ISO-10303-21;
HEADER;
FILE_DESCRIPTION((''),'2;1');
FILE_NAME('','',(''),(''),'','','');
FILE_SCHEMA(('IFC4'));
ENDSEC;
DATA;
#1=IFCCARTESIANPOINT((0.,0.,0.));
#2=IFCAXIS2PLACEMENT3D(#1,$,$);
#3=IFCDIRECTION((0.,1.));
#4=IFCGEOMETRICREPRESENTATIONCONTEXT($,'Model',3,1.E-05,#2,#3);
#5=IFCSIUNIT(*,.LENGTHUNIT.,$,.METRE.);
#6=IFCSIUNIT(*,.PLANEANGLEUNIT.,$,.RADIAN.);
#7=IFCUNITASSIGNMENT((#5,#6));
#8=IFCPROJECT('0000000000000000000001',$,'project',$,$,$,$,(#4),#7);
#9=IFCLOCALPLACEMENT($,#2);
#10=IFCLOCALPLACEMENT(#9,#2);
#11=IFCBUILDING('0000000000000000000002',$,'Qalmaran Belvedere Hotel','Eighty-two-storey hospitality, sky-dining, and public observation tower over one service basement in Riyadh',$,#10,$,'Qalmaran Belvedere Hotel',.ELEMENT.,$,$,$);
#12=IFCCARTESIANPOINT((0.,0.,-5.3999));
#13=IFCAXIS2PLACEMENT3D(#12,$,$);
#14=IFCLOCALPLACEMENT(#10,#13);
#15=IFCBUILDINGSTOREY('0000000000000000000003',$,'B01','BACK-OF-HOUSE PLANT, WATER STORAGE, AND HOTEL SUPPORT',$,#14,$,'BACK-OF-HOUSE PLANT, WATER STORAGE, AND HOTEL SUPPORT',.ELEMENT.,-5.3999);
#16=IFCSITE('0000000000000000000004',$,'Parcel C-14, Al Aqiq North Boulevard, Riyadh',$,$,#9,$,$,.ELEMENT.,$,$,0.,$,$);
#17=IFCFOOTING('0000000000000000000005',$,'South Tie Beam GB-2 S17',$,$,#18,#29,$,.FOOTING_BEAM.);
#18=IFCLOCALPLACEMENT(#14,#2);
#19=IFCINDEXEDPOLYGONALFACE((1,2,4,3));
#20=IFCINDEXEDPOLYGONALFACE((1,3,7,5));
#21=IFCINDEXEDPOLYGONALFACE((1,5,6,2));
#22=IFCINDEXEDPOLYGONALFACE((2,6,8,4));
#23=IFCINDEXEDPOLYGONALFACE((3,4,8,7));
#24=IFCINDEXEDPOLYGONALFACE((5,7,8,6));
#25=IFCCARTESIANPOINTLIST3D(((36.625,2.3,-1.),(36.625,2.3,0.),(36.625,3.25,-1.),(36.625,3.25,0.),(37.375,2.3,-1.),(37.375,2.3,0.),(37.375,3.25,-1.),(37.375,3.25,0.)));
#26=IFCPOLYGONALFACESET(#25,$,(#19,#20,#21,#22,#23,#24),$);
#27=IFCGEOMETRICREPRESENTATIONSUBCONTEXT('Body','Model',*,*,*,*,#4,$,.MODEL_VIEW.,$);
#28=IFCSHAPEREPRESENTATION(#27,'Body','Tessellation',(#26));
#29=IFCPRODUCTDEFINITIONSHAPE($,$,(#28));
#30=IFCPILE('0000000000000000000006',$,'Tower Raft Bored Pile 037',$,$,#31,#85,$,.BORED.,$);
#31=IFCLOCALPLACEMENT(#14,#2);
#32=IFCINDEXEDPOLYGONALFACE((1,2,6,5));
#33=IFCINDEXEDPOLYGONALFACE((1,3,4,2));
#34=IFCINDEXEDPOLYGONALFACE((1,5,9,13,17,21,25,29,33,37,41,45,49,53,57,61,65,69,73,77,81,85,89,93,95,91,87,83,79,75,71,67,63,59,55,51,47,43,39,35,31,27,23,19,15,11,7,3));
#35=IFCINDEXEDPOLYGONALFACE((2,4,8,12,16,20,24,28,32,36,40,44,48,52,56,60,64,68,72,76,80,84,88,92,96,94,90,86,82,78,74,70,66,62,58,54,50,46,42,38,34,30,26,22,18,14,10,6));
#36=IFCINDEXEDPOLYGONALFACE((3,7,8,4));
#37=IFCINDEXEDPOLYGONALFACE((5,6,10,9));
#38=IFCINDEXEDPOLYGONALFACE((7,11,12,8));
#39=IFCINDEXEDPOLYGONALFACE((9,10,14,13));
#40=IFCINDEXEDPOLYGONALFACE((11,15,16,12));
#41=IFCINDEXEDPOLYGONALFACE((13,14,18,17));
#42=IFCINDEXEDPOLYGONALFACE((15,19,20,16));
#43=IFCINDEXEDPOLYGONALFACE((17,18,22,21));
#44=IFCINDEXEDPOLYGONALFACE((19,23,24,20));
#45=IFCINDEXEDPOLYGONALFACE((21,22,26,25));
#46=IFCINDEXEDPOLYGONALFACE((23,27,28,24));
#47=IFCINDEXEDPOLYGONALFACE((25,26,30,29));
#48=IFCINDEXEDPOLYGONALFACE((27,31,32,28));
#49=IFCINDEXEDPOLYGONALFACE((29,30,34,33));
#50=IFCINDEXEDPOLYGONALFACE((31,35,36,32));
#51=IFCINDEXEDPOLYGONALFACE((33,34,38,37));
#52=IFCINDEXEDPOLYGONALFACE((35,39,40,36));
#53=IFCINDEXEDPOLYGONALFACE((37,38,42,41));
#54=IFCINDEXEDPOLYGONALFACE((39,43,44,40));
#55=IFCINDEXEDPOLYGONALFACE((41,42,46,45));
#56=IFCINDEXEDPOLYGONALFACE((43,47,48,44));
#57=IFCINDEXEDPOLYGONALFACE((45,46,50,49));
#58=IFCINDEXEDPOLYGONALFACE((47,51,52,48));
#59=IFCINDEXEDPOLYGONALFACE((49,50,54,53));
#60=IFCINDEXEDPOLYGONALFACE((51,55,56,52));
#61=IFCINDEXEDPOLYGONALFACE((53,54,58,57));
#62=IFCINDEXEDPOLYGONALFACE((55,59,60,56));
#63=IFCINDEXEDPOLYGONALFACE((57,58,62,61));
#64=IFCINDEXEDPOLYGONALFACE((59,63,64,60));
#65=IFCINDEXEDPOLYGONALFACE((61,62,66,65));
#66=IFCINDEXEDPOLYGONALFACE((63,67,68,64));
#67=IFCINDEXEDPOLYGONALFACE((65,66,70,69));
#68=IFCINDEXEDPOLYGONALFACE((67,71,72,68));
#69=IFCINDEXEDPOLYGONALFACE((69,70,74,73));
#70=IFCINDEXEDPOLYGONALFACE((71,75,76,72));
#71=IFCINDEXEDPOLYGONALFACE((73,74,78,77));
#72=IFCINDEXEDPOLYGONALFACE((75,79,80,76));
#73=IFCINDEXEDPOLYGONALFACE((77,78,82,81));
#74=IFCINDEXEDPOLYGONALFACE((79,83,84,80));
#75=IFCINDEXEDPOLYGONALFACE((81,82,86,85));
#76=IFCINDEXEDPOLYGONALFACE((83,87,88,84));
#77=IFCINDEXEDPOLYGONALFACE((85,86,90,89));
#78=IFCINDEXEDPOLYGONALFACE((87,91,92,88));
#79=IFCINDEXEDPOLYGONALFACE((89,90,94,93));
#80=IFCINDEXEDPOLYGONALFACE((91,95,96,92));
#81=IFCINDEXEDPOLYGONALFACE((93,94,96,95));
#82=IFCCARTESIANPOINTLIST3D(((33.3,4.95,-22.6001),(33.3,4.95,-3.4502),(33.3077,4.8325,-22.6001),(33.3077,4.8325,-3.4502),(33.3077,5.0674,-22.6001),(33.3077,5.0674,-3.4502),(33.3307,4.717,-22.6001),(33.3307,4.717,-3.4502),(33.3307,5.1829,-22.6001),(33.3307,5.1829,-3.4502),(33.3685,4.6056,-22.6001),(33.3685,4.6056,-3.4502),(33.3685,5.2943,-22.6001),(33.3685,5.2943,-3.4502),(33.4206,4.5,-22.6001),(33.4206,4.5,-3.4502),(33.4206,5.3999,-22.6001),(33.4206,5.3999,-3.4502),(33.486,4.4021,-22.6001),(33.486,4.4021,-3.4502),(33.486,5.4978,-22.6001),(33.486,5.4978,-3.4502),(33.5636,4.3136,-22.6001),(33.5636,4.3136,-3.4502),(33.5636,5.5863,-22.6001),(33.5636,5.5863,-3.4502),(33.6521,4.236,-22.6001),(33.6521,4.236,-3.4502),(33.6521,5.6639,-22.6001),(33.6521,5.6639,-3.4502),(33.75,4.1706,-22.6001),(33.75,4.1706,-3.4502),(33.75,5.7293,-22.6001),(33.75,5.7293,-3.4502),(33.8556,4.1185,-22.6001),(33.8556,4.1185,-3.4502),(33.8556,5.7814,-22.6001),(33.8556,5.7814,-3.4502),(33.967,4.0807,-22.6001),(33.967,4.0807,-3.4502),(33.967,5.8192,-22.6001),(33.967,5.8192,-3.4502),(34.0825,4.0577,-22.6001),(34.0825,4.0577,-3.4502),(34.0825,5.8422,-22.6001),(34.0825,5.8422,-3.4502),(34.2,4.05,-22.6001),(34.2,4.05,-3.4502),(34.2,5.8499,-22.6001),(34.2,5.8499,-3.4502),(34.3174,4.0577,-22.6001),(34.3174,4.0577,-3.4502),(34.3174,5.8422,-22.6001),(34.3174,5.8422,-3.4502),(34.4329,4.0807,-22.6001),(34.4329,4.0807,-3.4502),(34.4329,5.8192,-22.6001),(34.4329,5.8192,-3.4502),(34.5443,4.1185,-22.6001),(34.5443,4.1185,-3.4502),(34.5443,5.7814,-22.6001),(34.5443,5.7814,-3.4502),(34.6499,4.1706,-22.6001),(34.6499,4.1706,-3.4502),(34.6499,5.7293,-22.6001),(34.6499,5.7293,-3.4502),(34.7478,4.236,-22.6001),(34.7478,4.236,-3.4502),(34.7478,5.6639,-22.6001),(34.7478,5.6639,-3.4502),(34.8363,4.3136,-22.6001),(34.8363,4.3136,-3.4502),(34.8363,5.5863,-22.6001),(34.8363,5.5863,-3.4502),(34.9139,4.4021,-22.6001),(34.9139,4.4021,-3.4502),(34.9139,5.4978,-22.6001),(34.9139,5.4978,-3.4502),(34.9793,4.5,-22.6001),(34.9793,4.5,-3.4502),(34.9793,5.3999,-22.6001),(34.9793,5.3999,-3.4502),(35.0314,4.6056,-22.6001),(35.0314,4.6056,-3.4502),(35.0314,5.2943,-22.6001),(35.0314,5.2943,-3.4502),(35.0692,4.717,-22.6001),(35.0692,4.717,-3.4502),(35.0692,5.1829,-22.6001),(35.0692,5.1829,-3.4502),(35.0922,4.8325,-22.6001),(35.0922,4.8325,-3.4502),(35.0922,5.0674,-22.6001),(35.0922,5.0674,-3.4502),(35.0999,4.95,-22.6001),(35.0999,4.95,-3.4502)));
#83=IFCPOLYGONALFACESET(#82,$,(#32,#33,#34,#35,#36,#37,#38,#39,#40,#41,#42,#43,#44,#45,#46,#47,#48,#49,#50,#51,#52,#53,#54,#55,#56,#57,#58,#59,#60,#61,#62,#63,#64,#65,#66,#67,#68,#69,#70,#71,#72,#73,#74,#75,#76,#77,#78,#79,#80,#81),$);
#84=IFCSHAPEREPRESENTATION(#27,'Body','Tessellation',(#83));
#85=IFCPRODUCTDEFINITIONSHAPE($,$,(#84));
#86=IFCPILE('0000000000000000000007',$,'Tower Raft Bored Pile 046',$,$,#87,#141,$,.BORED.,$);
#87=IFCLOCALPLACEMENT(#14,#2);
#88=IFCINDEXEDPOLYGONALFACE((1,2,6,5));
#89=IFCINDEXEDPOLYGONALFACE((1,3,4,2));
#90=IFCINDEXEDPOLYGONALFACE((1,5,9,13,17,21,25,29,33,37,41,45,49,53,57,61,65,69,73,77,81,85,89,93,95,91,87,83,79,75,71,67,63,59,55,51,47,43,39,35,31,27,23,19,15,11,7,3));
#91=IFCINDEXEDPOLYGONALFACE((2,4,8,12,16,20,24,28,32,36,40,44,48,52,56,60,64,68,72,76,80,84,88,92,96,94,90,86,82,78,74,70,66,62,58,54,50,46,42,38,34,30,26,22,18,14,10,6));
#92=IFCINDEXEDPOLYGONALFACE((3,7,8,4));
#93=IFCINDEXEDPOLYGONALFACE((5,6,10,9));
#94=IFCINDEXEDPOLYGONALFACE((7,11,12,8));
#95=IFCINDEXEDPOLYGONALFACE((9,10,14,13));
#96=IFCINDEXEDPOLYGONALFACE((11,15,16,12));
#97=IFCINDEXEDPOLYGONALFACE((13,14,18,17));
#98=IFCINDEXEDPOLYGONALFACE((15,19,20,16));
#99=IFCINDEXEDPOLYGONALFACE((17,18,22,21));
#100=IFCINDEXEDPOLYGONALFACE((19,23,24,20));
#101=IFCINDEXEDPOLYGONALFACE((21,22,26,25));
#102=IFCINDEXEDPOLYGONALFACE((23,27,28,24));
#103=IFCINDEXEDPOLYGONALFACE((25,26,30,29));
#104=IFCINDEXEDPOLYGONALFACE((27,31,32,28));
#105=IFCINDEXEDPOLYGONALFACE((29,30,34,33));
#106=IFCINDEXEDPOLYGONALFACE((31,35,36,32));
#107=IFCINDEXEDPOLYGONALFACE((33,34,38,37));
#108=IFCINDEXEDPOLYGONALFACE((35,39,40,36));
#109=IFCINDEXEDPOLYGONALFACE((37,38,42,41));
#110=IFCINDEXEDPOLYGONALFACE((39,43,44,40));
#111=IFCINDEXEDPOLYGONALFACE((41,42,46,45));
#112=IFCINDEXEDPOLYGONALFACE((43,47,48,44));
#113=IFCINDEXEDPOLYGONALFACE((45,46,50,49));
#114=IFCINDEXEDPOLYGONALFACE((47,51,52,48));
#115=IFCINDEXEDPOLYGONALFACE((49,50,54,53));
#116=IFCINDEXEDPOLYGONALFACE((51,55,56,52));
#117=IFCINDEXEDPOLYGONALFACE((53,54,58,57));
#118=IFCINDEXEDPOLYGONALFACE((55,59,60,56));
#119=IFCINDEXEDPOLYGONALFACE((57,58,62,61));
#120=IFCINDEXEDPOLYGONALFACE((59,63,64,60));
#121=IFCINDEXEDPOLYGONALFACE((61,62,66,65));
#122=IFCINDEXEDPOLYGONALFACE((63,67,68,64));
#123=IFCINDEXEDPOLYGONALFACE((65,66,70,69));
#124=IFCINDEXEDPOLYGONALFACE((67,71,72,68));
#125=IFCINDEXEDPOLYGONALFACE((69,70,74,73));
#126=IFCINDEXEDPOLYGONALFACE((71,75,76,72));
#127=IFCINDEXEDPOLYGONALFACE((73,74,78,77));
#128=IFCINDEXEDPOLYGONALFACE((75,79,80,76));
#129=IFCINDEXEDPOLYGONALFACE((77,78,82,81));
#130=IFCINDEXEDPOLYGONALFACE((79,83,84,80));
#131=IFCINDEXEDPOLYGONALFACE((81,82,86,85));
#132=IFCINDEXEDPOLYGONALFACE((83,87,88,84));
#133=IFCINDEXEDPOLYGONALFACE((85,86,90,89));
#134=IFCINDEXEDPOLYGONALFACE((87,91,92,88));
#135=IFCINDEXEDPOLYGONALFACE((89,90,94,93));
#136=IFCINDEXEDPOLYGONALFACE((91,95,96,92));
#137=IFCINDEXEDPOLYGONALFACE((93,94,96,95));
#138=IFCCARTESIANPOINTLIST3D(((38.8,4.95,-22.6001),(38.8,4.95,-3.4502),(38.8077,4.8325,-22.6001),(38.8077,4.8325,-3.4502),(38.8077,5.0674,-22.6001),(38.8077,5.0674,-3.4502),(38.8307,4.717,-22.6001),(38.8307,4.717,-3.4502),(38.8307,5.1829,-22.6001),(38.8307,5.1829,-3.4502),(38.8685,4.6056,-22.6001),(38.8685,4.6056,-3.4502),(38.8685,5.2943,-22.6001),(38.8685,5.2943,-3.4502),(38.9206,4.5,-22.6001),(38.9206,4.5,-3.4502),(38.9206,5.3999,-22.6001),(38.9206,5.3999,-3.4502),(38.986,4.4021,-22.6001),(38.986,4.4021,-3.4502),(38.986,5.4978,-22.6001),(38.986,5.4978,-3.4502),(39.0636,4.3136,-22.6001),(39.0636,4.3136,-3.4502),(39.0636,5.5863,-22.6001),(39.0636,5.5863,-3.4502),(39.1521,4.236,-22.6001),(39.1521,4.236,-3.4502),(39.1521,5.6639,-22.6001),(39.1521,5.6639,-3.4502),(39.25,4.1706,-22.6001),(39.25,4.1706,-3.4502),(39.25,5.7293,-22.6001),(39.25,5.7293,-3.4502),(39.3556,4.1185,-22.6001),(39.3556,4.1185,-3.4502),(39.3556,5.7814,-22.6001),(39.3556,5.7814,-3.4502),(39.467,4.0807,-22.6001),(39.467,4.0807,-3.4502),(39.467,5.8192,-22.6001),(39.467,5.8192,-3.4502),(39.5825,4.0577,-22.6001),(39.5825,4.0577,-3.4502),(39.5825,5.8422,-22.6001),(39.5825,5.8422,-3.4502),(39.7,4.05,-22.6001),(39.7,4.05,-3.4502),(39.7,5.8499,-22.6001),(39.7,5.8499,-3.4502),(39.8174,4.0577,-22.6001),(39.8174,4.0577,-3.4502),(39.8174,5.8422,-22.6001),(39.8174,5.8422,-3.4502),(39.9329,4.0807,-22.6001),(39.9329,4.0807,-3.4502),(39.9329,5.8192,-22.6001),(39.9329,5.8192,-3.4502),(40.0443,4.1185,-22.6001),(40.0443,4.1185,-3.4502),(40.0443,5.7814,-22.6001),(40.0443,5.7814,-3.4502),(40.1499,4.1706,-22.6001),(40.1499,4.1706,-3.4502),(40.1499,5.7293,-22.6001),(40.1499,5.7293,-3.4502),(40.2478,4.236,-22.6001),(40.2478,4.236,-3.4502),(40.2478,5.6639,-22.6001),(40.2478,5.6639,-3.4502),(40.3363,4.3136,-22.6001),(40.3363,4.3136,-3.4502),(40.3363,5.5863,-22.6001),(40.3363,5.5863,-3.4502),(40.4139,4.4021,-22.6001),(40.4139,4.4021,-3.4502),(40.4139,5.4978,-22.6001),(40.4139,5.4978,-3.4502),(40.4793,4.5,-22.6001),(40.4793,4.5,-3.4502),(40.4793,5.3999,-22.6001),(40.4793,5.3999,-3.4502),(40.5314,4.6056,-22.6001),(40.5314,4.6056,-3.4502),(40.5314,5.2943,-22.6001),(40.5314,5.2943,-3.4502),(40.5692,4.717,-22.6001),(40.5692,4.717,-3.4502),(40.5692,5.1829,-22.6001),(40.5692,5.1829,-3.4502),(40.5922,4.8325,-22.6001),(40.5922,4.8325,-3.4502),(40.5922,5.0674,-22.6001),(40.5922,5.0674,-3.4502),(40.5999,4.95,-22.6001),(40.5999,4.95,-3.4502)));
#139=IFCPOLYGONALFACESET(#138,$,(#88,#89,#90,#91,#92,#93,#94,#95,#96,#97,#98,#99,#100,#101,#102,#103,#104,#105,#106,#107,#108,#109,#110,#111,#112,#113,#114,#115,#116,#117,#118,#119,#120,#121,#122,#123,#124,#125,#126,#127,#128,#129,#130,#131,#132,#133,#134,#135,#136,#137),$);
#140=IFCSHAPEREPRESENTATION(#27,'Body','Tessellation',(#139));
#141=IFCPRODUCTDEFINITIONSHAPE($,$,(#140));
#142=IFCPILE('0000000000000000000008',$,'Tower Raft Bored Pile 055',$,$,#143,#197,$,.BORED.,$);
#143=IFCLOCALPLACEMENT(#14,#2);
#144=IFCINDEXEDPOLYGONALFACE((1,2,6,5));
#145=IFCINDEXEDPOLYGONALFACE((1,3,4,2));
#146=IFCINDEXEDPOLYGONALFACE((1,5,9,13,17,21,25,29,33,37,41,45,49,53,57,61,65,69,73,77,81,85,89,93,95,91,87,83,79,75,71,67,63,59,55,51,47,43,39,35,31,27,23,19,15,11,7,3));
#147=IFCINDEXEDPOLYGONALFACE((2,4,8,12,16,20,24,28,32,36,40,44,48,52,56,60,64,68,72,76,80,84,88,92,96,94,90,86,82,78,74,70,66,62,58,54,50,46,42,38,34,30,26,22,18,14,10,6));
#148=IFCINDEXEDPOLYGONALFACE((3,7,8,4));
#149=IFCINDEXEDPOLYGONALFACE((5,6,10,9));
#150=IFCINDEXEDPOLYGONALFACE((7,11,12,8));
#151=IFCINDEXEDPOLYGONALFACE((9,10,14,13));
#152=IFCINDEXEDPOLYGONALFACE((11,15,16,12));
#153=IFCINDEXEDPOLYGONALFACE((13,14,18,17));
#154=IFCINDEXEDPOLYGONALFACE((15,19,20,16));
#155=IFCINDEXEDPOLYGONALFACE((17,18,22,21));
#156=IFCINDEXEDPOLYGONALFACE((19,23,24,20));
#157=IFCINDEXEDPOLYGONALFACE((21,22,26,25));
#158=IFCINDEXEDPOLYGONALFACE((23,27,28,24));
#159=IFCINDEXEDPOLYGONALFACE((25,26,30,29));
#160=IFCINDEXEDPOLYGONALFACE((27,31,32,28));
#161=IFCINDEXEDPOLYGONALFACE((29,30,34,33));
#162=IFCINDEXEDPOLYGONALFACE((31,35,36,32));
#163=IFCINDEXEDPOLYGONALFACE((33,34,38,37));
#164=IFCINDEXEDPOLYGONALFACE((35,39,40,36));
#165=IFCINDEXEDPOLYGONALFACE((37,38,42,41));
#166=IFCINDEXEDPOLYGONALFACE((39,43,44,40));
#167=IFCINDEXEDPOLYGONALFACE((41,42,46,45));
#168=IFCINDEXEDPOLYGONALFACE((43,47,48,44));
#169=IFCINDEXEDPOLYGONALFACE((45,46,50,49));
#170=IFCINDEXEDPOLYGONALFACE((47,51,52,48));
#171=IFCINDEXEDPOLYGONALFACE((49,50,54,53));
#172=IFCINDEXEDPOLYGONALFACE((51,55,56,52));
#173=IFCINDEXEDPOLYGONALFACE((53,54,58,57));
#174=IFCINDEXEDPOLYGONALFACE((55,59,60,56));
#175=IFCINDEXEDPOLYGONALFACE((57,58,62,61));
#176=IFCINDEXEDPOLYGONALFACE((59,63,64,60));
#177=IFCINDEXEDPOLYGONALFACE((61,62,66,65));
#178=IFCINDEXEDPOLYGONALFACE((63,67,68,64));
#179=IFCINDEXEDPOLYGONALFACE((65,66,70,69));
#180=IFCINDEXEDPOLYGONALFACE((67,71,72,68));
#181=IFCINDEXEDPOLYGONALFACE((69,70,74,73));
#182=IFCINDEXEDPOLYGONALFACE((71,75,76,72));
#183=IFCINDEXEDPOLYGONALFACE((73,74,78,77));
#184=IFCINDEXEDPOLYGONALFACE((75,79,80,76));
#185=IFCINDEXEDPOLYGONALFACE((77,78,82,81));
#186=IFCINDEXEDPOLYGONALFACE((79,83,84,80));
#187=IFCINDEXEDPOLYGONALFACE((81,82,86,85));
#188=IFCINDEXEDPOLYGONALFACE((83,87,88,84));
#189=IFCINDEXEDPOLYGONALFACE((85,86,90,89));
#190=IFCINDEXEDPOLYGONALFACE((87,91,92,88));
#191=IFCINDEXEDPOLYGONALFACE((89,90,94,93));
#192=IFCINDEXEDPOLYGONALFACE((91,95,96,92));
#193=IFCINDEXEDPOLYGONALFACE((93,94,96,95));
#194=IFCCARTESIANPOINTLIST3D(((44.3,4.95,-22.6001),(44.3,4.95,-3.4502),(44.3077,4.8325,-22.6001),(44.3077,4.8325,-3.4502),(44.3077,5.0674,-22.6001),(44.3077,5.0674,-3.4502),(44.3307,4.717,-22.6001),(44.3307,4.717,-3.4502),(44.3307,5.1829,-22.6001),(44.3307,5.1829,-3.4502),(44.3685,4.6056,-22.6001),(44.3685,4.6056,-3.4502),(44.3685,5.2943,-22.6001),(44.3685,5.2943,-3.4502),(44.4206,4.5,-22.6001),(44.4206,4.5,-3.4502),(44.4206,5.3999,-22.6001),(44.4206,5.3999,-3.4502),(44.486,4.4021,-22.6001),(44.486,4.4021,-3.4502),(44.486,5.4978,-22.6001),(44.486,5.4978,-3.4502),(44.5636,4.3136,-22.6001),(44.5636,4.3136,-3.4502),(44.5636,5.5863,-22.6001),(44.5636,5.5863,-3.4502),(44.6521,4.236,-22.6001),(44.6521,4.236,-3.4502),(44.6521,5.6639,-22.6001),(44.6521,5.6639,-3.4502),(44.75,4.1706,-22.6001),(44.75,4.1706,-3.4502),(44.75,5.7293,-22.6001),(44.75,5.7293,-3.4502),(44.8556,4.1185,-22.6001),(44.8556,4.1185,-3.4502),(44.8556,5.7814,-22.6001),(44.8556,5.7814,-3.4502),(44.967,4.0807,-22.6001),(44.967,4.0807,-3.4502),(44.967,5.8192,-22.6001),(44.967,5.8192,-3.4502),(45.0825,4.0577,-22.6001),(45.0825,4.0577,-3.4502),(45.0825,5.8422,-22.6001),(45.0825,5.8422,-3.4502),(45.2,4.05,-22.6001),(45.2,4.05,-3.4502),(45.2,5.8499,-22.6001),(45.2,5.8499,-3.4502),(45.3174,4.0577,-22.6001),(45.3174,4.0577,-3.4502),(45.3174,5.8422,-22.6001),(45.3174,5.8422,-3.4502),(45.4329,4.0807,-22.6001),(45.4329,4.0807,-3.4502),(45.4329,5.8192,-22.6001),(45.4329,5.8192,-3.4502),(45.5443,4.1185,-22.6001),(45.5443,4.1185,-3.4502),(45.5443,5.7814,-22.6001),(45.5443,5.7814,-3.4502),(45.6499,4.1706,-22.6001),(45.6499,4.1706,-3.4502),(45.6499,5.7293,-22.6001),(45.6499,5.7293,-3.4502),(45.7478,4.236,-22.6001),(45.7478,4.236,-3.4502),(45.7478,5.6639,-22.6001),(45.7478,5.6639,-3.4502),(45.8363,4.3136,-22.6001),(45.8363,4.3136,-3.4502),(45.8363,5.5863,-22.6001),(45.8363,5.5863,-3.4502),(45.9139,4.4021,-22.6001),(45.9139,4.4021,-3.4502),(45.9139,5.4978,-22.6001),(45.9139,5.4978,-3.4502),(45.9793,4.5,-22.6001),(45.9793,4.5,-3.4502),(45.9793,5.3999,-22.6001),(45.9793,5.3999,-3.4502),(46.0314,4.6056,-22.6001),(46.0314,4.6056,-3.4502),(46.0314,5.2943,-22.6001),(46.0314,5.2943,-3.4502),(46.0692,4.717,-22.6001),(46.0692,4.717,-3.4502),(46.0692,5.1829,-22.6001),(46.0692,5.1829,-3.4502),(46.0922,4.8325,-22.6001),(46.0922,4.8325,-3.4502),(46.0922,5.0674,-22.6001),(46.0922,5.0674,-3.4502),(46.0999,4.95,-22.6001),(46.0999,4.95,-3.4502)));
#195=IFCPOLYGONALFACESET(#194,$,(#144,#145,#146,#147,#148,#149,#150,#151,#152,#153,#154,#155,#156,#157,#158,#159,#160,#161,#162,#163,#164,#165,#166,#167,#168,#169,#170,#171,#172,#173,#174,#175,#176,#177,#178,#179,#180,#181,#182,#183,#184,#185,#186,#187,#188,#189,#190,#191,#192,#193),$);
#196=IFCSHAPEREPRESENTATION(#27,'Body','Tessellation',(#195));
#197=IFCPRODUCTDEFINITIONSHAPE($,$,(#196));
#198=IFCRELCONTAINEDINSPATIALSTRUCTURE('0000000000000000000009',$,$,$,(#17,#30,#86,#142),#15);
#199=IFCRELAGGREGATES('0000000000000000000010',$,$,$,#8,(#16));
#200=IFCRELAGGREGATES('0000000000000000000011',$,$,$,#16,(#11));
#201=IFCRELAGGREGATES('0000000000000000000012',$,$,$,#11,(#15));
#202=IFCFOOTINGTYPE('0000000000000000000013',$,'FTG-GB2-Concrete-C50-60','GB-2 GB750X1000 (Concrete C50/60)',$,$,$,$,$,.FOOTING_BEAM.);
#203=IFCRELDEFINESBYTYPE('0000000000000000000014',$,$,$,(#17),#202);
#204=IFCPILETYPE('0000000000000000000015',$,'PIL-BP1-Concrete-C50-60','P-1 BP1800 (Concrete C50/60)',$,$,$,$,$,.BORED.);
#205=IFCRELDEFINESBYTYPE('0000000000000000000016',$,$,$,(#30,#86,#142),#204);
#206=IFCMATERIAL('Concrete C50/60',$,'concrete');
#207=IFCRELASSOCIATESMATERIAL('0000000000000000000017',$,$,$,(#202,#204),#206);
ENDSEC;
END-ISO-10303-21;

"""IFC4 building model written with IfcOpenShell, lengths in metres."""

from ifc_helpers import new_model, si_unit, direction, frame, origin, origin_2d, place, context, subcontext, project, spatial, rectangle, circle, extrude, material, material_profile, profile_set, type_object, element, save


model = new_model("IFC4")

# Units and contexts
model_context = context("Model", 3, precision=1e-05, world=origin(), true_north=direction((0.0, 1.0)))
body_context = subcontext(model_context, "Body", "Model", "MODEL_VIEW")
ifc_project = project(units=[si_unit("LENGTHUNIT", "METRE"), si_unit("PLANEANGLEUNIT", "RADIAN")], contexts=[model_context])

# Site, building, storey
site_placement = place(None, origin())
site = spatial("IfcSite", under=ifc_project, at=site_placement, Name="Parcel C-14, Al Aqiq North Boulevard, Riyadh", CompositionType="ELEMENT", RefElevation=0.0)
building_placement = place(site_placement, origin())
building = spatial("IfcBuilding", under=site, at=building_placement, Name="Qalmaran Belvedere Hotel", Description="Eighty-two-storey hospitality, sky-dining, and public observation tower over one service basement in Riyadh", LongName="Qalmaran Belvedere Hotel", CompositionType="ELEMENT")
storey_placement = place(building_placement, frame((0.0, 0.0, -5.3999)))
storey = spatial("IfcBuildingStorey", under=building, at=storey_placement, Name="B01", Description="BACK-OF-HOUSE PLANT, WATER STORAGE, AND HOTEL SUPPORT", LongName="BACK-OF-HOUSE PLANT, WATER STORAGE, AND HOTEL SUPPORT", CompositionType="ELEMENT", Elevation=-5.3999)

# Footing
ifc_material_1 = material(Name="Concrete C50/60", Category="concrete")
ifc_material_profile_1 = material_profile(ifc_material_1, rectangle(XDim=0.75, YDim=1.0, at=origin_2d()), Name="GB750X1000")
ifc_profile_set_1 = profile_set([ifc_material_profile_1], Name="Concrete C50/60")
footing_type = type_object("IfcFootingType", Name="FTG-GB2-Concrete-C50-60", Description="GB-2 GB750X1000 (Concrete C50/60)", PredefinedType="FOOTING_BEAM", material=ifc_profile_set_1)
footing_placement = place(storey_placement, frame((37.0, 2.3, -0.5), z_axis=(0.0, 1.0, 0.0), x_axis=(-1.0, 0.0, 0.0)))
element("IfcFooting", 1, at=footing_placement, inside=storey, type_object=footing_type, Name="South Tie Beam GB-2 S17", PredefinedType="FOOTING_BEAM", context=body_context, shape_type="SweptSolid", body=[
    extrude(rectangle(XDim=0.75, YDim=1.0, at=origin_2d()), origin(), (0.0, 0.0, 1.0), 0.95),
])

# Piles
ifc_material_profile_2 = material_profile(ifc_material_1, circle(Radius=0.8999, at=origin_2d()), Name="BP1800")
ifc_profile_set_2 = profile_set([ifc_material_profile_2], Name="Concrete C50/60")
pile_type_1 = type_object("IfcPileType", Name="PIL-BP1-Concrete-C50-60", Description="P-1 BP1800 (Concrete C50/60)", PredefinedType="BORED", material=ifc_profile_set_2)
for number, where, z_axis, x_axis, name in (
    (2, (34.2, 4.95, -3.4502), (0.0, 0.0, -1.0), (1.0, 0.0, 0.0), "Tower Raft Bored Pile 037"),
    (3, (39.7, 4.95, -3.4502), (0.0, 0.0, -1.0), (1.0, 0.0, 0.0), "Tower Raft Bored Pile 046"),
    (4, (45.2, 4.95, -3.4502), (0.0, 0.0, -1.0), (1.0, 0.0, 0.0), "Tower Raft Bored Pile 055"),
):
    element("IfcPile", number, at=place(storey_placement, frame(where, z_axis=z_axis, x_axis=x_axis)), inside=storey, type_object=pile_type_1, Name=name, PredefinedType="BORED", context=body_context, shape_type="SweptSolid", body=[
        extrude(circle(Radius=0.8999, at=origin_2d()), origin(), (0.0, 0.0, 1.0), 19.1499),
    ])

save(model, "model.ifc")
